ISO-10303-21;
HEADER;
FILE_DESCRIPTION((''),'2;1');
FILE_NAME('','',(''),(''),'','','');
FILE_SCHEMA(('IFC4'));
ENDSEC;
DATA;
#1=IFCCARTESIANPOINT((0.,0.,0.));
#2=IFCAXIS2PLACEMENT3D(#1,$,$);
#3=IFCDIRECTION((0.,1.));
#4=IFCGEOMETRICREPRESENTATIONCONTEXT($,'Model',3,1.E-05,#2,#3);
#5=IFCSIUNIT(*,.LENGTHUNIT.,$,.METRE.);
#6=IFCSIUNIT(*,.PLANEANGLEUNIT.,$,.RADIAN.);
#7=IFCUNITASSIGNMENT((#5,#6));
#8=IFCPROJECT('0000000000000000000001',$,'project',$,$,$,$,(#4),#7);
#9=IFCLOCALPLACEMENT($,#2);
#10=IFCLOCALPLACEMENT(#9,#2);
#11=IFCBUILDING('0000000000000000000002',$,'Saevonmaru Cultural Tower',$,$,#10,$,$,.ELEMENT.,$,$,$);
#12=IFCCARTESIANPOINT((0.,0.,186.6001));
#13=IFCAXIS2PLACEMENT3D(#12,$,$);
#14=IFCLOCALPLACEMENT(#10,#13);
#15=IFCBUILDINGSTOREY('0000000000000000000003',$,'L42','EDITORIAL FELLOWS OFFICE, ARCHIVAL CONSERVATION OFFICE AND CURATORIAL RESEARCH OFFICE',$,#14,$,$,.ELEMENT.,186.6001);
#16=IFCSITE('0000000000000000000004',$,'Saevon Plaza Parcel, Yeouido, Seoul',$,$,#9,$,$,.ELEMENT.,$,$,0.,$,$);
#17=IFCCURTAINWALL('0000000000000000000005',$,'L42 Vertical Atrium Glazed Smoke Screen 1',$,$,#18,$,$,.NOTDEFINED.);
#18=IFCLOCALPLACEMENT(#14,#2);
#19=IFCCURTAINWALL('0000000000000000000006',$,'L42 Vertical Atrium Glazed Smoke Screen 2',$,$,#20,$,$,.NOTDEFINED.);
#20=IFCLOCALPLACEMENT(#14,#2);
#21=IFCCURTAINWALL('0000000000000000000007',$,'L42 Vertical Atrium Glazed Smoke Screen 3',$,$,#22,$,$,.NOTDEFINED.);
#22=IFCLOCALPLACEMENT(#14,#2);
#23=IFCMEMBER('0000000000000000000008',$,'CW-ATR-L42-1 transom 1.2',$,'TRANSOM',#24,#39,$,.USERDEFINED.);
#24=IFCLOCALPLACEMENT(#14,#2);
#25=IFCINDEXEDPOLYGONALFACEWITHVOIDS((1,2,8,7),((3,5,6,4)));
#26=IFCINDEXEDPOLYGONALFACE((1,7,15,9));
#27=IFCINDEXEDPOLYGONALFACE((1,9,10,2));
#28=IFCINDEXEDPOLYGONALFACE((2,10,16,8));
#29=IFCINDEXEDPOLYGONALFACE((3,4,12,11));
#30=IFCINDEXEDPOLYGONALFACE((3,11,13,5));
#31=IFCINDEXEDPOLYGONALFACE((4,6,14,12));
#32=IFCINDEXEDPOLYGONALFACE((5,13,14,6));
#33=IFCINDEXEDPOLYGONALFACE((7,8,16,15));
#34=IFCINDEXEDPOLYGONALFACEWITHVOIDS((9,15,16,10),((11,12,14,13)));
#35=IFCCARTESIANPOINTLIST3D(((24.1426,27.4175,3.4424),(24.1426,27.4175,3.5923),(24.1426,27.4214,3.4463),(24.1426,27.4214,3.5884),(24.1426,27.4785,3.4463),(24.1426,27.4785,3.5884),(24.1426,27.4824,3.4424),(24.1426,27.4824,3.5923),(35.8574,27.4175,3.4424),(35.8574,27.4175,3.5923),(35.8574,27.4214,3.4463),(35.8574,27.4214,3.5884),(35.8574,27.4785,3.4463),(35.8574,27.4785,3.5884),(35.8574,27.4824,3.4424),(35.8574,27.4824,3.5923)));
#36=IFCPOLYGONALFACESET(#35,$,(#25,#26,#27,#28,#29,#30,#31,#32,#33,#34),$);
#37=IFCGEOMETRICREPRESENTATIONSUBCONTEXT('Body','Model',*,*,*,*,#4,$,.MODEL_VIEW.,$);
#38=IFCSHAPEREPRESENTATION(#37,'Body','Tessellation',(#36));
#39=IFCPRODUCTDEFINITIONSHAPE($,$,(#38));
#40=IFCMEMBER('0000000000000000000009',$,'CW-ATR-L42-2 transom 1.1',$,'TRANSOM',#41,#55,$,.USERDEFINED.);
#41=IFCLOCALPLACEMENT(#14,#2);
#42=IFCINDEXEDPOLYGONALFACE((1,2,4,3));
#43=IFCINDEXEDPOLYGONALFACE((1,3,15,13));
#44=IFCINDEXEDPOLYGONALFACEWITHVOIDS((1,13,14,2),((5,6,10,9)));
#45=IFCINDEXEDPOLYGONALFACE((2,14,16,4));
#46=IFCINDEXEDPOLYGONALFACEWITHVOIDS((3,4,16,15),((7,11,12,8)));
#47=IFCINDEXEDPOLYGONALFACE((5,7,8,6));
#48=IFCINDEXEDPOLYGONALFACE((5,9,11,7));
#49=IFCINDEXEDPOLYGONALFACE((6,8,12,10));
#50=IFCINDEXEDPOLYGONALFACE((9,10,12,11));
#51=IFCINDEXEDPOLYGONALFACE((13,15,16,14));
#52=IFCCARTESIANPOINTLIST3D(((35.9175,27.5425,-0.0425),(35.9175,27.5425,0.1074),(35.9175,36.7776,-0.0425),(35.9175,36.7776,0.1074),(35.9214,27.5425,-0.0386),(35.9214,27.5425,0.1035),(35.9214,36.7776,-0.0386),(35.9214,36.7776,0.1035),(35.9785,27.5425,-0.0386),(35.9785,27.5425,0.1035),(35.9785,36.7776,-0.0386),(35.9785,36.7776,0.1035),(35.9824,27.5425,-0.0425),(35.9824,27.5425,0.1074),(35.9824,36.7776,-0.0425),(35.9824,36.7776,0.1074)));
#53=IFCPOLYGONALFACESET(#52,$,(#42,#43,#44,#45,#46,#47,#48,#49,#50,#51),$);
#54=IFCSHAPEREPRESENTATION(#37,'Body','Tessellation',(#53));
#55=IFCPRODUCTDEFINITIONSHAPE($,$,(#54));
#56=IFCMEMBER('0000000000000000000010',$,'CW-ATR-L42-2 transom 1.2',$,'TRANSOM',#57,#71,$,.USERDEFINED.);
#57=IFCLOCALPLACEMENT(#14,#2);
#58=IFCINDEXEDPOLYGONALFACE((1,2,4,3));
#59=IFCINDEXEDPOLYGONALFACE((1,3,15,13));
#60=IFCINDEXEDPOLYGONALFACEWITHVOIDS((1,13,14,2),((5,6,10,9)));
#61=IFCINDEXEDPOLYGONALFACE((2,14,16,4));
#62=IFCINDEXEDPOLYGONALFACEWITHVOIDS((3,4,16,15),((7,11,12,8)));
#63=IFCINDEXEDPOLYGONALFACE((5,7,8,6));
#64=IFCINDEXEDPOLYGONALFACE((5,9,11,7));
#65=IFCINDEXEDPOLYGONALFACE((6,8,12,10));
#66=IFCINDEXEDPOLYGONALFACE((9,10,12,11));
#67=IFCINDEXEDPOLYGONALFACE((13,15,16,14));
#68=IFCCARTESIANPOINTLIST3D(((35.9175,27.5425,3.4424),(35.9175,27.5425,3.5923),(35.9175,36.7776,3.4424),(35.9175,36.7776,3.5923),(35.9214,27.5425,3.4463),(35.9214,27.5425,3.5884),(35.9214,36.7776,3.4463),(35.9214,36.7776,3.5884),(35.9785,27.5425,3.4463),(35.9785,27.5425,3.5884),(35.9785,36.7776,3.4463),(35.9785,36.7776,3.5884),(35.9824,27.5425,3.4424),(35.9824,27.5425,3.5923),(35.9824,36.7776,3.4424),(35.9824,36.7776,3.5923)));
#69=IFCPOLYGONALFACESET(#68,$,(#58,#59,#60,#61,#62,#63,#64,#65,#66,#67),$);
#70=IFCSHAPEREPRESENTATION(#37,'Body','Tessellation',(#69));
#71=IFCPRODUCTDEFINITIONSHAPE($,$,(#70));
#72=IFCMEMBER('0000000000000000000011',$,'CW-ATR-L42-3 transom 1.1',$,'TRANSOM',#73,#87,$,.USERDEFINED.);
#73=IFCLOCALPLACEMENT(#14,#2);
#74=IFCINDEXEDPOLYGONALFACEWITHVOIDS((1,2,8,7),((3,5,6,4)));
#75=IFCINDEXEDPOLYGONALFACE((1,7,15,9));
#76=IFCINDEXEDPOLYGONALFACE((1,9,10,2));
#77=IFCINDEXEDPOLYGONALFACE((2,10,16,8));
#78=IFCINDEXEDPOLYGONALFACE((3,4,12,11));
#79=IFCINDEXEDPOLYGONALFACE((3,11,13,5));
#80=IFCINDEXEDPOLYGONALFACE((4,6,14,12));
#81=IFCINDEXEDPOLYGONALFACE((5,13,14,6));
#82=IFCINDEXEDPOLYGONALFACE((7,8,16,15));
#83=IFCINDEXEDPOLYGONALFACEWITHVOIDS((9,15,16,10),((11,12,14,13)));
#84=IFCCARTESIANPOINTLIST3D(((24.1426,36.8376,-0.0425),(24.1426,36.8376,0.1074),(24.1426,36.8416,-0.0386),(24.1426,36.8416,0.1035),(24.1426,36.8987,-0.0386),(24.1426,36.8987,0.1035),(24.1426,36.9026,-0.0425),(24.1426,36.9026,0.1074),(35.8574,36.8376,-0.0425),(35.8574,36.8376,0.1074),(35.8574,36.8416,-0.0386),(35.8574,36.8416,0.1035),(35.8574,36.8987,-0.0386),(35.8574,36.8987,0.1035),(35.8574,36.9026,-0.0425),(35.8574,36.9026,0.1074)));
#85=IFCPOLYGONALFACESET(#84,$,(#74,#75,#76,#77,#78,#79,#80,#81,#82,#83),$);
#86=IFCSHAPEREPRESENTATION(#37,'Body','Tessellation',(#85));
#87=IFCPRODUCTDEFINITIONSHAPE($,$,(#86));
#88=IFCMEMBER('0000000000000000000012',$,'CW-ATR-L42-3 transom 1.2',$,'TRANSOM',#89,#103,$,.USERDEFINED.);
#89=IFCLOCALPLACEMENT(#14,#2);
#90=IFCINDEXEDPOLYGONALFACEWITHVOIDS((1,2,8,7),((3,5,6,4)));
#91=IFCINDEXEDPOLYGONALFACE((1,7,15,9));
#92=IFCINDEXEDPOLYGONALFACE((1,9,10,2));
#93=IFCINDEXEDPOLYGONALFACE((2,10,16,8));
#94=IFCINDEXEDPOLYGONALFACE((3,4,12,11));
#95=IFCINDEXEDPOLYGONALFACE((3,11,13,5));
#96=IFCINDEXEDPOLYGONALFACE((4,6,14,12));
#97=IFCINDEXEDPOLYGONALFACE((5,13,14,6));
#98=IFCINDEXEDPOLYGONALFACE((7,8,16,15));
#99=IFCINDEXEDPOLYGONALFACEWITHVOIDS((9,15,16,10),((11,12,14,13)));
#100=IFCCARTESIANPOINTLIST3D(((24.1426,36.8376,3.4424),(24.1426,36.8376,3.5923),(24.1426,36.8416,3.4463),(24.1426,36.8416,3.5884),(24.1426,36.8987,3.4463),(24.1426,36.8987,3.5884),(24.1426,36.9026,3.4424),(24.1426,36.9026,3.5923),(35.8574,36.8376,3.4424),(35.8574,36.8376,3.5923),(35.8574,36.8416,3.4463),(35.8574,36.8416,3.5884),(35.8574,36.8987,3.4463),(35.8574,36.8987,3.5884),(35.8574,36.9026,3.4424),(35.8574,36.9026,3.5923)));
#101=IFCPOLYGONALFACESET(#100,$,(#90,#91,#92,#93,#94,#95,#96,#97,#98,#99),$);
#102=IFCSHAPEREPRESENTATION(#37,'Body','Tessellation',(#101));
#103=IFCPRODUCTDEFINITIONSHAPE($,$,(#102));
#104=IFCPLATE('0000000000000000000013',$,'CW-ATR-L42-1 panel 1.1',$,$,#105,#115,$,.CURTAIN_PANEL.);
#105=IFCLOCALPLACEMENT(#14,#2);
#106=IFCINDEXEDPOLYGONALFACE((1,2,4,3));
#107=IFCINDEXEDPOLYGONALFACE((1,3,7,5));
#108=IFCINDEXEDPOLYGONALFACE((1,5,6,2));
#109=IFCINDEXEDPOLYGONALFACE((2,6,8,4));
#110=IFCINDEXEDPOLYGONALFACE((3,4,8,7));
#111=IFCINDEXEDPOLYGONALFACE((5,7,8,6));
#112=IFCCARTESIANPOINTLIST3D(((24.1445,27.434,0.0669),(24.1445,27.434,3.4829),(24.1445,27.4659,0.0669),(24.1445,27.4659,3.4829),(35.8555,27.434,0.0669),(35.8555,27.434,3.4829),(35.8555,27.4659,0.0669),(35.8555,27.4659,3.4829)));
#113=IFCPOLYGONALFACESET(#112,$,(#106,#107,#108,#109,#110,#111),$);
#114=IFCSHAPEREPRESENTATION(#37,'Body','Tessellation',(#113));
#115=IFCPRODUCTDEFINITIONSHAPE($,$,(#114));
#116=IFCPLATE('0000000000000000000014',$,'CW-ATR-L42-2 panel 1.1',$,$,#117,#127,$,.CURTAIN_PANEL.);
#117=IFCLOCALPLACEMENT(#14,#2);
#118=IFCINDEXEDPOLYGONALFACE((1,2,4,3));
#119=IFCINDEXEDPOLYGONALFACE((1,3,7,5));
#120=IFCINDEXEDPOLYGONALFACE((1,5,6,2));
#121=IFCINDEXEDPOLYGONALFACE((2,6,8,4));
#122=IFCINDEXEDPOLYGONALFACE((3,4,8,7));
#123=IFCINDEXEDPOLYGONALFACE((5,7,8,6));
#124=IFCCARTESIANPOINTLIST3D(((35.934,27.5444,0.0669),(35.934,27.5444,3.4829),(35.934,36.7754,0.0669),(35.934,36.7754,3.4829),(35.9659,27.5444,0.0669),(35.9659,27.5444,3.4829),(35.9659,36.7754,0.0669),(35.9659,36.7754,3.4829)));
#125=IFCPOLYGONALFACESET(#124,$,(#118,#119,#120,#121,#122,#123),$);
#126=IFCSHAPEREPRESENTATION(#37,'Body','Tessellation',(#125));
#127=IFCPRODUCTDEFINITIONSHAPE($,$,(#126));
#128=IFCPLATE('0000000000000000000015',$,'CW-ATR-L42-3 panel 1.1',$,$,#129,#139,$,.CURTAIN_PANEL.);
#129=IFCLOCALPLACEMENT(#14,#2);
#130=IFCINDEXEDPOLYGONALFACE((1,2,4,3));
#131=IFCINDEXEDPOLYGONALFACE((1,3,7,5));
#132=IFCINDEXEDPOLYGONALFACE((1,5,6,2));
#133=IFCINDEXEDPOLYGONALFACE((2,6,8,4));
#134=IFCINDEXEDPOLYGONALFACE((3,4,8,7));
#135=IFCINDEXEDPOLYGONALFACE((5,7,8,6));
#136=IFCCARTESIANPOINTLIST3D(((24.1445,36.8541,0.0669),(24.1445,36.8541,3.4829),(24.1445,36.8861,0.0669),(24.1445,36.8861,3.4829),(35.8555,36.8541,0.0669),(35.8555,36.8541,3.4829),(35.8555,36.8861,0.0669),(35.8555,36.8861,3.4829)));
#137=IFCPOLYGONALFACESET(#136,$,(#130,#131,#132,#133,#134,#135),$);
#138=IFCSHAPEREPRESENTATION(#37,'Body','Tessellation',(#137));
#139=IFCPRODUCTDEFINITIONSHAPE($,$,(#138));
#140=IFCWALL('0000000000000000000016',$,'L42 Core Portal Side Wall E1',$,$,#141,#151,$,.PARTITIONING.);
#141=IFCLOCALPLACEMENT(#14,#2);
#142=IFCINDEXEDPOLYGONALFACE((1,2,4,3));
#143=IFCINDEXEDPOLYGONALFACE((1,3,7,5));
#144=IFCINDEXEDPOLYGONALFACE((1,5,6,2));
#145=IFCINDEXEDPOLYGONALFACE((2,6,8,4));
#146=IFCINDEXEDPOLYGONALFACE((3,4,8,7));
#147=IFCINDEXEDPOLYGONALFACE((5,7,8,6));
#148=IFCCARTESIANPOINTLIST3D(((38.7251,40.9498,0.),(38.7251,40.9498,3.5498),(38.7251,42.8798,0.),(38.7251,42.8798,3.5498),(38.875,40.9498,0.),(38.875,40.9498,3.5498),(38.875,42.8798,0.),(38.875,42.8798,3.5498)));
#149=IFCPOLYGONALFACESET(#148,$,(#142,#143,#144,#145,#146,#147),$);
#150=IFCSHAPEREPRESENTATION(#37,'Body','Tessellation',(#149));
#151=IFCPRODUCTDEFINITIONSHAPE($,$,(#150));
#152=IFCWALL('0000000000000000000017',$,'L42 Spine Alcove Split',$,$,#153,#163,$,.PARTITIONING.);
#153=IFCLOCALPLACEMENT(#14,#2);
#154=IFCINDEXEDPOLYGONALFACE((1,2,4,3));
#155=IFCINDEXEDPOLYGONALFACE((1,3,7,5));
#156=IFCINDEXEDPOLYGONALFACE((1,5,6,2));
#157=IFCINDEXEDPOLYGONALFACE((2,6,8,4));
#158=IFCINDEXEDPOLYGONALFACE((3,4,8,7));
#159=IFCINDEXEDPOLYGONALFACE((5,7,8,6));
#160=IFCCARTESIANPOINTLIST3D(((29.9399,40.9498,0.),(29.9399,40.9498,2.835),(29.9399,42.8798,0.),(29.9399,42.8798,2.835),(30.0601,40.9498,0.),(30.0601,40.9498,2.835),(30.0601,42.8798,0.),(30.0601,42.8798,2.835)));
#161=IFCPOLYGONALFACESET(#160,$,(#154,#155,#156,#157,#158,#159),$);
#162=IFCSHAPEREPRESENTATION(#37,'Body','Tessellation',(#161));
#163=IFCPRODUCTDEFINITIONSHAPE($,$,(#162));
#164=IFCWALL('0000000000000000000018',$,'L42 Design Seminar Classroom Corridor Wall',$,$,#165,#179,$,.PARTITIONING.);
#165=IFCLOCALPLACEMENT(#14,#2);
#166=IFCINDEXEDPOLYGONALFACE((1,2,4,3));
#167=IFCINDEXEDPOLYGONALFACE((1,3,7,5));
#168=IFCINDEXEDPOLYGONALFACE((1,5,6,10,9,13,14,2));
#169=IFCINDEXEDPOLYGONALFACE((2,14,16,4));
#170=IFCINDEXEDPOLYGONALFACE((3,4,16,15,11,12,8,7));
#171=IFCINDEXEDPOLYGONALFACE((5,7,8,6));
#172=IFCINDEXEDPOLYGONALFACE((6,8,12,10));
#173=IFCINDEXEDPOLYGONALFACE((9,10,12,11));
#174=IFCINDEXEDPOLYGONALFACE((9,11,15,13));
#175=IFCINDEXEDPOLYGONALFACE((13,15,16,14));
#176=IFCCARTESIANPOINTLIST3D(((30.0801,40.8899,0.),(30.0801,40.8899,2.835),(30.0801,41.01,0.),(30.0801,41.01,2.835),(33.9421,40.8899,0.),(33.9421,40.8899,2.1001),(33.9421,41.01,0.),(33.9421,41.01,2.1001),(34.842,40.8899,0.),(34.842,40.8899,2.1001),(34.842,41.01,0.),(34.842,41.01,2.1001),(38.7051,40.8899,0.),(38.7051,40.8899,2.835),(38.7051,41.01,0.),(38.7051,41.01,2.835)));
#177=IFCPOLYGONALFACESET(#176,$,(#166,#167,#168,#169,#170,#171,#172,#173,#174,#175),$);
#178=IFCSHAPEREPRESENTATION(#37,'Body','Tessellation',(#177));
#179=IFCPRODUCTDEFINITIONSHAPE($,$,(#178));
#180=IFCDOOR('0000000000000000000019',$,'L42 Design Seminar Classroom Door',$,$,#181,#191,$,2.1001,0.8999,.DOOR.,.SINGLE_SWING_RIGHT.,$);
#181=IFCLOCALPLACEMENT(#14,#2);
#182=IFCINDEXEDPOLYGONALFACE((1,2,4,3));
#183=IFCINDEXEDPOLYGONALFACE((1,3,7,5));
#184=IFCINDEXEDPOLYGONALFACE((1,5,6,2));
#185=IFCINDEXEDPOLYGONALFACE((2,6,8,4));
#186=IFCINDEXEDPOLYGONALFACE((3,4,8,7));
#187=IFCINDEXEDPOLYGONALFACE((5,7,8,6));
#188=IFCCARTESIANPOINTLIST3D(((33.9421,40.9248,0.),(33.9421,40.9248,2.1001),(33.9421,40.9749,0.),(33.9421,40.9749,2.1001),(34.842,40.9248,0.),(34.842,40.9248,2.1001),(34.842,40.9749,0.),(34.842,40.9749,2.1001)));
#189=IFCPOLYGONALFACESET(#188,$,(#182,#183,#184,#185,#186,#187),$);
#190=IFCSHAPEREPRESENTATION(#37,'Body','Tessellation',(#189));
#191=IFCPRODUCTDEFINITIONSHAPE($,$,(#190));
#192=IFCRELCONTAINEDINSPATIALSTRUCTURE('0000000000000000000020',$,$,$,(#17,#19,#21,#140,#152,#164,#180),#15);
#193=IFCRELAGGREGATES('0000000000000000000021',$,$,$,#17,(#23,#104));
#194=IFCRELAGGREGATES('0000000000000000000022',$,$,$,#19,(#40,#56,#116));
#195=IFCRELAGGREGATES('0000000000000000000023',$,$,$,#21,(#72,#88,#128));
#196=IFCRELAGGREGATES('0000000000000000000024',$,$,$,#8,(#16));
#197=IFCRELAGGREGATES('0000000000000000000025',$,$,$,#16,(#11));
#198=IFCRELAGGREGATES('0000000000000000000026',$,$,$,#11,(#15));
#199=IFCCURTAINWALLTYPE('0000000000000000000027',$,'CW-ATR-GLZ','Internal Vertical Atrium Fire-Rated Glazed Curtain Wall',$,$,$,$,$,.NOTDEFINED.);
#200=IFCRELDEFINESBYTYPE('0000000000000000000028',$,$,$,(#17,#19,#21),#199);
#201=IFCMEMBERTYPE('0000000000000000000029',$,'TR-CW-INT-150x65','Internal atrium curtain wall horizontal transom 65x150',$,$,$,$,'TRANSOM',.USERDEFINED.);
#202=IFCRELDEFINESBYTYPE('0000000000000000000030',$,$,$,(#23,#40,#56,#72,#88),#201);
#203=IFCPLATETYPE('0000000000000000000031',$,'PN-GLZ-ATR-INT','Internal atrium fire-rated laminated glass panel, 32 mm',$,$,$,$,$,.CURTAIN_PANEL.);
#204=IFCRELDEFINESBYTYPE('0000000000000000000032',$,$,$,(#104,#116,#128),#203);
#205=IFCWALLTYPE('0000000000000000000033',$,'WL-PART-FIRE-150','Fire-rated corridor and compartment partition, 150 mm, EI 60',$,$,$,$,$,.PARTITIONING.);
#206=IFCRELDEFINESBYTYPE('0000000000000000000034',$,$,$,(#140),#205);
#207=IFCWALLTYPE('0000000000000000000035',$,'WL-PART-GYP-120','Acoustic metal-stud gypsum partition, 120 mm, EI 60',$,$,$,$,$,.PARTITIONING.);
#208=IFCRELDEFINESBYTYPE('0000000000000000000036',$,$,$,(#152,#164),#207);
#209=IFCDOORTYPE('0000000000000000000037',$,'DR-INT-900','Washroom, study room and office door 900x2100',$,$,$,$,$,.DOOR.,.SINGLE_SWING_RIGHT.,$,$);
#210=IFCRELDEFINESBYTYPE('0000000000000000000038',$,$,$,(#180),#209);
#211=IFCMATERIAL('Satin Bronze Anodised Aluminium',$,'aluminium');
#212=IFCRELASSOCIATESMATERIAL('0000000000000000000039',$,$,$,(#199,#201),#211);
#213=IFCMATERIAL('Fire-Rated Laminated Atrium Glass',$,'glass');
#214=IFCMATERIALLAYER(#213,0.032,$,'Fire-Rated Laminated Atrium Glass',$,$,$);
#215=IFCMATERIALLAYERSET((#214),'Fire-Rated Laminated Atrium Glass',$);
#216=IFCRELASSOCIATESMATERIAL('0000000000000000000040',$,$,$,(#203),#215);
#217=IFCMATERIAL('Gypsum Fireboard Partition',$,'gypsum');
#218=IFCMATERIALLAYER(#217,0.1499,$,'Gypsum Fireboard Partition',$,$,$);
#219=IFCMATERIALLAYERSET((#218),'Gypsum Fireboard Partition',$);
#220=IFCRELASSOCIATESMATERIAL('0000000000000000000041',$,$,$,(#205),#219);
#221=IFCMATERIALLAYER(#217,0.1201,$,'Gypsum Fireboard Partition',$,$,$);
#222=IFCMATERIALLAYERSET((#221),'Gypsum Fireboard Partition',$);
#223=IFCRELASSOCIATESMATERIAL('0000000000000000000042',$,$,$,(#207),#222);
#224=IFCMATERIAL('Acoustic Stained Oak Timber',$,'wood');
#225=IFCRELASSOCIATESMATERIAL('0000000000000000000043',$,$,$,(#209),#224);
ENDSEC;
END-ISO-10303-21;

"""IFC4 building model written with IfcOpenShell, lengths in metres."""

from ifc_helpers import new_model, si_unit, direction, frame, frame_2d, origin, origin_2d, place, context, subcontext, project, spatial, rectangle, hollow_rectangle, extrude, material, layer, layer_set, material_profile, profile_set, type_object, element, fill, aggregate, save


model = new_model("IFC4")

# Units and contexts
model_context = context("Model", 3, precision=1e-05, world=origin(), true_north=direction((0.0, 1.0)))
body_context = subcontext(model_context, "Body", "Model", "MODEL_VIEW")
ifc_project = project(units=[si_unit("LENGTHUNIT", "METRE"), si_unit("PLANEANGLEUNIT", "RADIAN")], contexts=[model_context])

# Site, building, storey
site_placement = place(None, origin())
site = spatial("IfcSite", under=ifc_project, at=site_placement, Name="Saevon Plaza Parcel, Yeouido, Seoul", CompositionType="ELEMENT", RefElevation=0.0)
building_placement = place(site_placement, origin())
building = spatial("IfcBuilding", under=site, at=building_placement, Name="Saevonmaru Cultural Tower", CompositionType="ELEMENT")
storey_placement = place(building_placement, frame((0.0, 0.0, 186.6001)))
storey = spatial("IfcBuildingStorey", under=building, at=storey_placement, Name="L42", Description="EDITORIAL FELLOWS OFFICE, ARCHIVAL CONSERVATION OFFICE AND CURATORIAL RESEARCH OFFICE", CompositionType="ELEMENT", Elevation=186.6001)

# Shared definitions
ifc_material_1 = material(Name="Satin Bronze Anodised Aluminium", Category="aluminium")

# Curtain walls
curtain_wall_type_1 = type_object("IfcCurtainWallType", Name="CW-ATR-GLZ", Description="Internal Vertical Atrium Fire-Rated Glazed Curtain Wall", PredefinedType="NOTDEFINED", material=ifc_material_1)
curtain_wall_1_placement = place(storey_placement, origin())
curtain_wall_1 = element("IfcCurtainWall", 1, at=curtain_wall_1_placement, inside=storey, type_object=curtain_wall_type_1, Name="L42 Vertical Atrium Glazed Smoke Screen 1", PredefinedType="NOTDEFINED")
curtain_wall_2_placement = place(storey_placement, origin())
curtain_wall_2 = element("IfcCurtainWall", 2, at=curtain_wall_2_placement, inside=storey, type_object=curtain_wall_type_1, Name="L42 Vertical Atrium Glazed Smoke Screen 2", PredefinedType="NOTDEFINED")
curtain_wall_3_placement = place(storey_placement, origin())
curtain_wall_3 = element("IfcCurtainWall", 3, at=curtain_wall_3_placement, inside=storey, type_object=curtain_wall_type_1, Name="L42 Vertical Atrium Glazed Smoke Screen 3", PredefinedType="NOTDEFINED")

# Members
ifc_material_profile_1 = material_profile(ifc_material_1, hollow_rectangle(XDim=0.0649, YDim=0.1499, WallThickness=0.0039, at=origin_2d()), Name="ALU-TRAN-150x65x4")
ifc_profile_set_1 = profile_set([ifc_material_profile_1], Name="Satin Bronze Anodised Aluminium")
member_type_1 = type_object("IfcMemberType", Name="TR-CW-INT-150x65", Description="Internal atrium curtain wall horizontal transom 65x150", ElementType="TRANSOM", PredefinedType="USERDEFINED", material=ifc_profile_set_1)
member_1_placement = place(storey_placement, frame((24.1426, 27.45, 3.5173), z_axis=(1.0, 0.0, 0.0), x_axis=(0.0, 1.0, 0.0)))
member_1 = element("IfcMember", 4, at=member_1_placement, type_object=member_type_1, Name="CW-ATR-L42-1 transom 1.2", ObjectType="TRANSOM", PredefinedType="USERDEFINED", context=body_context, shape_type="SweptSolid", body=[
    extrude(hollow_rectangle(XDim=0.0649, YDim=0.1499, WallThickness=0.0039, at=origin_2d()), origin(), (0.0, 0.0, 1.0), 11.7148),
])
member_2_placement = place(storey_placement, frame((35.95, 27.5425, 0.0325), z_axis=(0.0, 1.0, 0.0), x_axis=(-1.0, 0.0, 0.0)))
member_2 = element("IfcMember", 5, at=member_2_placement, type_object=member_type_1, Name="CW-ATR-L42-2 transom 1.1", ObjectType="TRANSOM", PredefinedType="USERDEFINED", context=body_context, shape_type="SweptSolid", body=[
    extrude(hollow_rectangle(XDim=0.0649, YDim=0.1499, WallThickness=0.0039, at=origin_2d()), origin(), (0.0, 0.0, 1.0), 9.2351),
])
member_3_placement = place(storey_placement, frame((35.95, 27.5425, 3.5173), z_axis=(0.0, 1.0, 0.0), x_axis=(-1.0, 0.0, 0.0)))
member_3 = element("IfcMember", 6, at=member_3_placement, type_object=member_type_1, Name="CW-ATR-L42-2 transom 1.2", ObjectType="TRANSOM", PredefinedType="USERDEFINED", context=body_context, shape_type="SweptSolid", body=[
    extrude(hollow_rectangle(XDim=0.0649, YDim=0.1499, WallThickness=0.0039, at=origin_2d()), origin(), (0.0, 0.0, 1.0), 9.2351),
])
member_4_placement = place(storey_placement, frame((35.8574, 36.8701, 0.0325), z_axis=(-1.0, 0.0, 0.0), x_axis=(0.0, -1.0, 0.0)))
member_4 = element("IfcMember", 7, at=member_4_placement, type_object=member_type_1, Name="CW-ATR-L42-3 transom 1.1", ObjectType="TRANSOM", PredefinedType="USERDEFINED", context=body_context, shape_type="SweptSolid", body=[
    extrude(hollow_rectangle(XDim=0.0649, YDim=0.1499, WallThickness=0.0039, at=origin_2d()), origin(), (0.0, 0.0, 1.0), 11.7148),
])
member_5_placement = place(storey_placement, frame((35.8574, 36.8701, 3.5173), z_axis=(-1.0, 0.0, 0.0), x_axis=(0.0, -1.0, 0.0)))
member_5 = element("IfcMember", 8, at=member_5_placement, type_object=member_type_1, Name="CW-ATR-L42-3 transom 1.2", ObjectType="TRANSOM", PredefinedType="USERDEFINED", context=body_context, shape_type="SweptSolid", body=[
    extrude(hollow_rectangle(XDim=0.0649, YDim=0.1499, WallThickness=0.0039, at=origin_2d()), origin(), (0.0, 0.0, 1.0), 11.7148),
])

# Plates
ifc_material_2 = material(Name="Fire-Rated Laminated Atrium Glass", Category="glass")
ifc_layer_1 = layer(ifc_material_2, 0.032, Name="Fire-Rated Laminated Atrium Glass")
ifc_layer_set_1 = layer_set([ifc_layer_1], Name="Fire-Rated Laminated Atrium Glass")
plate_type = type_object("IfcPlateType", Name="PN-GLZ-ATR-INT", Description="Internal atrium fire-rated laminated glass panel, 32 mm", PredefinedType="CURTAIN_PANEL", material=ifc_layer_set_1)
plate_1_placement = place(storey_placement, frame((30.0, 27.45, 0.0669), z_axis=(0.0, 0.0, 1.0), x_axis=(1.0, 0.0, 0.0)))
plate_1 = element("IfcPlate", 9, at=plate_1_placement, type_object=plate_type, Name="CW-ATR-L42-1 panel 1.1", PredefinedType="CURTAIN_PANEL", context=body_context, shape_type="SweptSolid", body=[
    extrude(rectangle(XDim=11.7109, YDim=0.032, at=origin_2d()), origin(), (0.0, 0.0, 1.0), 3.416),
])
aggregate(curtain_wall_1, [member_1, plate_1])
plate_2_placement = place(storey_placement, frame((35.95, 32.1599, 0.0669), z_axis=(0.0, 0.0, 1.0), x_axis=(0.0, 1.0, 0.0)))
plate_2 = element("IfcPlate", 10, at=plate_2_placement, type_object=plate_type, Name="CW-ATR-L42-2 panel 1.1", PredefinedType="CURTAIN_PANEL", context=body_context, shape_type="SweptSolid", body=[
    extrude(rectangle(XDim=9.231, YDim=0.032, at=origin_2d()), origin(), (0.0, 0.0, 1.0), 3.416),
])
aggregate(curtain_wall_2, [member_2, member_3, plate_2])
plate_3_placement = place(storey_placement, frame((30.0, 36.8701, 0.0669), z_axis=(0.0, 0.0, 1.0), x_axis=(-1.0, 0.0, 0.0)))
plate_3 = element("IfcPlate", 11, at=plate_3_placement, type_object=plate_type, Name="CW-ATR-L42-3 panel 1.1", PredefinedType="CURTAIN_PANEL", context=body_context, shape_type="SweptSolid", body=[
    extrude(rectangle(XDim=11.7109, YDim=0.032, at=origin_2d()), origin(), (0.0, 0.0, 1.0), 3.416),
])
aggregate(curtain_wall_3, [member_4, member_5, plate_3])

# Walls
ifc_material_3 = material(Name="Gypsum Fireboard Partition", Category="gypsum")
ifc_layer_2 = layer(ifc_material_3, 0.1499, Name="Gypsum Fireboard Partition")
ifc_layer_set_2 = layer_set([ifc_layer_2], Name="Gypsum Fireboard Partition")
wall_type_1 = type_object("IfcWallType", Name="WL-PART-FIRE-150", Description="Fire-rated corridor and compartment partition, 150 mm, EI 60", PredefinedType="PARTITIONING", material=ifc_layer_set_2)
wall_1_placement = place(storey_placement, frame((38.8, 40.95, 0.0), z_axis=(0.0, 0.0, 1.0), x_axis=(0.0, 1.0, 0.0)))
element("IfcWall", 12, at=wall_1_placement, inside=storey, type_object=wall_type_1, Name="L42 Core Portal Side Wall E1", PredefinedType="PARTITIONING", context=body_context, shape_type="SweptSolid", body=[
    extrude(rectangle(XDim=1.9299, YDim=0.1499, at=frame_2d((0.9648, 0.0))), origin(), (0.0, 0.0, 1.0), 3.5498),
])
ifc_layer_3 = layer(ifc_material_3, 0.1201, Name="Gypsum Fireboard Partition")
ifc_layer_set_3 = layer_set([ifc_layer_3], Name="Gypsum Fireboard Partition")
wall_type_2 = type_object("IfcWallType", Name="WL-PART-GYP-120", Description="Acoustic metal-stud gypsum partition, 120 mm, EI 60", PredefinedType="PARTITIONING", material=ifc_layer_set_3)
wall_2_placement = place(storey_placement, frame((30.0, 40.95, 0.0), z_axis=(0.0, 0.0, 1.0), x_axis=(0.0, 1.0, 0.0)))
element("IfcWall", 13, at=wall_2_placement, inside=storey, type_object=wall_type_2, Name="L42 Spine Alcove Split", PredefinedType="PARTITIONING", context=body_context, shape_type="SweptSolid", body=[
    extrude(rectangle(XDim=1.9299, YDim=0.1201, at=frame_2d((0.9648, 0.0))), origin(), (0.0, 0.0, 1.0), 2.835),
])

# Wall, opening, door
wall_3_placement = place(storey_placement, frame((30.0801, 40.95, 0.0), z_axis=(0.0, 0.0, 1.0), x_axis=(1.0, 0.0, 0.0)))
wall_3 = element("IfcWall", 14, at=wall_3_placement, inside=storey, type_object=wall_type_2, Name="L42 Design Seminar Classroom Corridor Wall", PredefinedType="PARTITIONING", context=body_context, shape_type="SweptSolid", body=[
    extrude(rectangle(XDim=8.625, YDim=0.1201, at=frame_2d((4.3125, 0.0))), origin(), (0.0, 0.0, 1.0), 2.835),
])
opening_1_placement = place(wall_3_placement, frame((3.8621, 0.0, 0.0)))
opening_1 = element("IfcOpeningElement", 15, at=opening_1_placement, cuts=wall_3, PredefinedType="OPENING", context=body_context, shape_type="SweptSolid", body=[
    extrude(rectangle(XDim=0.8999, YDim=2.1001, at=frame_2d((0.45, 1.05))), frame((0.0, 0.0701, 0.0), z_axis=(0.0, -1.0, 0.0), x_axis=(1.0, 0.0, 0.0)), (0.0, 0.0, 1.0), 0.1401),
])
ifc_material_4 = material(Name="Acoustic Stained Oak Timber", Category="wood")
door_type = type_object("IfcDoorType", Name="DR-INT-900", Description="Washroom, study room and office door 900x2100", OperationType="SINGLE_SWING_RIGHT", PredefinedType="DOOR", material=ifc_material_4)
door_1_placement = place(opening_1_placement, origin())
door_1 = element("IfcDoor", 16, at=door_1_placement, inside=storey, type_object=door_type, Name="L42 Design Seminar Classroom Door", OperationType="SINGLE_SWING_RIGHT", OverallHeight=2.1001, OverallWidth=0.8999, PredefinedType="DOOR", context=body_context, shape_type="SweptSolid", body=[
    extrude(rectangle(XDim=0.8999, YDim=2.1001, at=frame_2d((0.45, 1.05))), frame((0.0, 0.0249, 0.0), z_axis=(0.0, -1.0, 0.0), x_axis=(1.0, 0.0, 0.0)), (0.0, 0.0, 1.0), 0.05),
])
fill(opening_1, door_1)

save(model, "model.ifc")
